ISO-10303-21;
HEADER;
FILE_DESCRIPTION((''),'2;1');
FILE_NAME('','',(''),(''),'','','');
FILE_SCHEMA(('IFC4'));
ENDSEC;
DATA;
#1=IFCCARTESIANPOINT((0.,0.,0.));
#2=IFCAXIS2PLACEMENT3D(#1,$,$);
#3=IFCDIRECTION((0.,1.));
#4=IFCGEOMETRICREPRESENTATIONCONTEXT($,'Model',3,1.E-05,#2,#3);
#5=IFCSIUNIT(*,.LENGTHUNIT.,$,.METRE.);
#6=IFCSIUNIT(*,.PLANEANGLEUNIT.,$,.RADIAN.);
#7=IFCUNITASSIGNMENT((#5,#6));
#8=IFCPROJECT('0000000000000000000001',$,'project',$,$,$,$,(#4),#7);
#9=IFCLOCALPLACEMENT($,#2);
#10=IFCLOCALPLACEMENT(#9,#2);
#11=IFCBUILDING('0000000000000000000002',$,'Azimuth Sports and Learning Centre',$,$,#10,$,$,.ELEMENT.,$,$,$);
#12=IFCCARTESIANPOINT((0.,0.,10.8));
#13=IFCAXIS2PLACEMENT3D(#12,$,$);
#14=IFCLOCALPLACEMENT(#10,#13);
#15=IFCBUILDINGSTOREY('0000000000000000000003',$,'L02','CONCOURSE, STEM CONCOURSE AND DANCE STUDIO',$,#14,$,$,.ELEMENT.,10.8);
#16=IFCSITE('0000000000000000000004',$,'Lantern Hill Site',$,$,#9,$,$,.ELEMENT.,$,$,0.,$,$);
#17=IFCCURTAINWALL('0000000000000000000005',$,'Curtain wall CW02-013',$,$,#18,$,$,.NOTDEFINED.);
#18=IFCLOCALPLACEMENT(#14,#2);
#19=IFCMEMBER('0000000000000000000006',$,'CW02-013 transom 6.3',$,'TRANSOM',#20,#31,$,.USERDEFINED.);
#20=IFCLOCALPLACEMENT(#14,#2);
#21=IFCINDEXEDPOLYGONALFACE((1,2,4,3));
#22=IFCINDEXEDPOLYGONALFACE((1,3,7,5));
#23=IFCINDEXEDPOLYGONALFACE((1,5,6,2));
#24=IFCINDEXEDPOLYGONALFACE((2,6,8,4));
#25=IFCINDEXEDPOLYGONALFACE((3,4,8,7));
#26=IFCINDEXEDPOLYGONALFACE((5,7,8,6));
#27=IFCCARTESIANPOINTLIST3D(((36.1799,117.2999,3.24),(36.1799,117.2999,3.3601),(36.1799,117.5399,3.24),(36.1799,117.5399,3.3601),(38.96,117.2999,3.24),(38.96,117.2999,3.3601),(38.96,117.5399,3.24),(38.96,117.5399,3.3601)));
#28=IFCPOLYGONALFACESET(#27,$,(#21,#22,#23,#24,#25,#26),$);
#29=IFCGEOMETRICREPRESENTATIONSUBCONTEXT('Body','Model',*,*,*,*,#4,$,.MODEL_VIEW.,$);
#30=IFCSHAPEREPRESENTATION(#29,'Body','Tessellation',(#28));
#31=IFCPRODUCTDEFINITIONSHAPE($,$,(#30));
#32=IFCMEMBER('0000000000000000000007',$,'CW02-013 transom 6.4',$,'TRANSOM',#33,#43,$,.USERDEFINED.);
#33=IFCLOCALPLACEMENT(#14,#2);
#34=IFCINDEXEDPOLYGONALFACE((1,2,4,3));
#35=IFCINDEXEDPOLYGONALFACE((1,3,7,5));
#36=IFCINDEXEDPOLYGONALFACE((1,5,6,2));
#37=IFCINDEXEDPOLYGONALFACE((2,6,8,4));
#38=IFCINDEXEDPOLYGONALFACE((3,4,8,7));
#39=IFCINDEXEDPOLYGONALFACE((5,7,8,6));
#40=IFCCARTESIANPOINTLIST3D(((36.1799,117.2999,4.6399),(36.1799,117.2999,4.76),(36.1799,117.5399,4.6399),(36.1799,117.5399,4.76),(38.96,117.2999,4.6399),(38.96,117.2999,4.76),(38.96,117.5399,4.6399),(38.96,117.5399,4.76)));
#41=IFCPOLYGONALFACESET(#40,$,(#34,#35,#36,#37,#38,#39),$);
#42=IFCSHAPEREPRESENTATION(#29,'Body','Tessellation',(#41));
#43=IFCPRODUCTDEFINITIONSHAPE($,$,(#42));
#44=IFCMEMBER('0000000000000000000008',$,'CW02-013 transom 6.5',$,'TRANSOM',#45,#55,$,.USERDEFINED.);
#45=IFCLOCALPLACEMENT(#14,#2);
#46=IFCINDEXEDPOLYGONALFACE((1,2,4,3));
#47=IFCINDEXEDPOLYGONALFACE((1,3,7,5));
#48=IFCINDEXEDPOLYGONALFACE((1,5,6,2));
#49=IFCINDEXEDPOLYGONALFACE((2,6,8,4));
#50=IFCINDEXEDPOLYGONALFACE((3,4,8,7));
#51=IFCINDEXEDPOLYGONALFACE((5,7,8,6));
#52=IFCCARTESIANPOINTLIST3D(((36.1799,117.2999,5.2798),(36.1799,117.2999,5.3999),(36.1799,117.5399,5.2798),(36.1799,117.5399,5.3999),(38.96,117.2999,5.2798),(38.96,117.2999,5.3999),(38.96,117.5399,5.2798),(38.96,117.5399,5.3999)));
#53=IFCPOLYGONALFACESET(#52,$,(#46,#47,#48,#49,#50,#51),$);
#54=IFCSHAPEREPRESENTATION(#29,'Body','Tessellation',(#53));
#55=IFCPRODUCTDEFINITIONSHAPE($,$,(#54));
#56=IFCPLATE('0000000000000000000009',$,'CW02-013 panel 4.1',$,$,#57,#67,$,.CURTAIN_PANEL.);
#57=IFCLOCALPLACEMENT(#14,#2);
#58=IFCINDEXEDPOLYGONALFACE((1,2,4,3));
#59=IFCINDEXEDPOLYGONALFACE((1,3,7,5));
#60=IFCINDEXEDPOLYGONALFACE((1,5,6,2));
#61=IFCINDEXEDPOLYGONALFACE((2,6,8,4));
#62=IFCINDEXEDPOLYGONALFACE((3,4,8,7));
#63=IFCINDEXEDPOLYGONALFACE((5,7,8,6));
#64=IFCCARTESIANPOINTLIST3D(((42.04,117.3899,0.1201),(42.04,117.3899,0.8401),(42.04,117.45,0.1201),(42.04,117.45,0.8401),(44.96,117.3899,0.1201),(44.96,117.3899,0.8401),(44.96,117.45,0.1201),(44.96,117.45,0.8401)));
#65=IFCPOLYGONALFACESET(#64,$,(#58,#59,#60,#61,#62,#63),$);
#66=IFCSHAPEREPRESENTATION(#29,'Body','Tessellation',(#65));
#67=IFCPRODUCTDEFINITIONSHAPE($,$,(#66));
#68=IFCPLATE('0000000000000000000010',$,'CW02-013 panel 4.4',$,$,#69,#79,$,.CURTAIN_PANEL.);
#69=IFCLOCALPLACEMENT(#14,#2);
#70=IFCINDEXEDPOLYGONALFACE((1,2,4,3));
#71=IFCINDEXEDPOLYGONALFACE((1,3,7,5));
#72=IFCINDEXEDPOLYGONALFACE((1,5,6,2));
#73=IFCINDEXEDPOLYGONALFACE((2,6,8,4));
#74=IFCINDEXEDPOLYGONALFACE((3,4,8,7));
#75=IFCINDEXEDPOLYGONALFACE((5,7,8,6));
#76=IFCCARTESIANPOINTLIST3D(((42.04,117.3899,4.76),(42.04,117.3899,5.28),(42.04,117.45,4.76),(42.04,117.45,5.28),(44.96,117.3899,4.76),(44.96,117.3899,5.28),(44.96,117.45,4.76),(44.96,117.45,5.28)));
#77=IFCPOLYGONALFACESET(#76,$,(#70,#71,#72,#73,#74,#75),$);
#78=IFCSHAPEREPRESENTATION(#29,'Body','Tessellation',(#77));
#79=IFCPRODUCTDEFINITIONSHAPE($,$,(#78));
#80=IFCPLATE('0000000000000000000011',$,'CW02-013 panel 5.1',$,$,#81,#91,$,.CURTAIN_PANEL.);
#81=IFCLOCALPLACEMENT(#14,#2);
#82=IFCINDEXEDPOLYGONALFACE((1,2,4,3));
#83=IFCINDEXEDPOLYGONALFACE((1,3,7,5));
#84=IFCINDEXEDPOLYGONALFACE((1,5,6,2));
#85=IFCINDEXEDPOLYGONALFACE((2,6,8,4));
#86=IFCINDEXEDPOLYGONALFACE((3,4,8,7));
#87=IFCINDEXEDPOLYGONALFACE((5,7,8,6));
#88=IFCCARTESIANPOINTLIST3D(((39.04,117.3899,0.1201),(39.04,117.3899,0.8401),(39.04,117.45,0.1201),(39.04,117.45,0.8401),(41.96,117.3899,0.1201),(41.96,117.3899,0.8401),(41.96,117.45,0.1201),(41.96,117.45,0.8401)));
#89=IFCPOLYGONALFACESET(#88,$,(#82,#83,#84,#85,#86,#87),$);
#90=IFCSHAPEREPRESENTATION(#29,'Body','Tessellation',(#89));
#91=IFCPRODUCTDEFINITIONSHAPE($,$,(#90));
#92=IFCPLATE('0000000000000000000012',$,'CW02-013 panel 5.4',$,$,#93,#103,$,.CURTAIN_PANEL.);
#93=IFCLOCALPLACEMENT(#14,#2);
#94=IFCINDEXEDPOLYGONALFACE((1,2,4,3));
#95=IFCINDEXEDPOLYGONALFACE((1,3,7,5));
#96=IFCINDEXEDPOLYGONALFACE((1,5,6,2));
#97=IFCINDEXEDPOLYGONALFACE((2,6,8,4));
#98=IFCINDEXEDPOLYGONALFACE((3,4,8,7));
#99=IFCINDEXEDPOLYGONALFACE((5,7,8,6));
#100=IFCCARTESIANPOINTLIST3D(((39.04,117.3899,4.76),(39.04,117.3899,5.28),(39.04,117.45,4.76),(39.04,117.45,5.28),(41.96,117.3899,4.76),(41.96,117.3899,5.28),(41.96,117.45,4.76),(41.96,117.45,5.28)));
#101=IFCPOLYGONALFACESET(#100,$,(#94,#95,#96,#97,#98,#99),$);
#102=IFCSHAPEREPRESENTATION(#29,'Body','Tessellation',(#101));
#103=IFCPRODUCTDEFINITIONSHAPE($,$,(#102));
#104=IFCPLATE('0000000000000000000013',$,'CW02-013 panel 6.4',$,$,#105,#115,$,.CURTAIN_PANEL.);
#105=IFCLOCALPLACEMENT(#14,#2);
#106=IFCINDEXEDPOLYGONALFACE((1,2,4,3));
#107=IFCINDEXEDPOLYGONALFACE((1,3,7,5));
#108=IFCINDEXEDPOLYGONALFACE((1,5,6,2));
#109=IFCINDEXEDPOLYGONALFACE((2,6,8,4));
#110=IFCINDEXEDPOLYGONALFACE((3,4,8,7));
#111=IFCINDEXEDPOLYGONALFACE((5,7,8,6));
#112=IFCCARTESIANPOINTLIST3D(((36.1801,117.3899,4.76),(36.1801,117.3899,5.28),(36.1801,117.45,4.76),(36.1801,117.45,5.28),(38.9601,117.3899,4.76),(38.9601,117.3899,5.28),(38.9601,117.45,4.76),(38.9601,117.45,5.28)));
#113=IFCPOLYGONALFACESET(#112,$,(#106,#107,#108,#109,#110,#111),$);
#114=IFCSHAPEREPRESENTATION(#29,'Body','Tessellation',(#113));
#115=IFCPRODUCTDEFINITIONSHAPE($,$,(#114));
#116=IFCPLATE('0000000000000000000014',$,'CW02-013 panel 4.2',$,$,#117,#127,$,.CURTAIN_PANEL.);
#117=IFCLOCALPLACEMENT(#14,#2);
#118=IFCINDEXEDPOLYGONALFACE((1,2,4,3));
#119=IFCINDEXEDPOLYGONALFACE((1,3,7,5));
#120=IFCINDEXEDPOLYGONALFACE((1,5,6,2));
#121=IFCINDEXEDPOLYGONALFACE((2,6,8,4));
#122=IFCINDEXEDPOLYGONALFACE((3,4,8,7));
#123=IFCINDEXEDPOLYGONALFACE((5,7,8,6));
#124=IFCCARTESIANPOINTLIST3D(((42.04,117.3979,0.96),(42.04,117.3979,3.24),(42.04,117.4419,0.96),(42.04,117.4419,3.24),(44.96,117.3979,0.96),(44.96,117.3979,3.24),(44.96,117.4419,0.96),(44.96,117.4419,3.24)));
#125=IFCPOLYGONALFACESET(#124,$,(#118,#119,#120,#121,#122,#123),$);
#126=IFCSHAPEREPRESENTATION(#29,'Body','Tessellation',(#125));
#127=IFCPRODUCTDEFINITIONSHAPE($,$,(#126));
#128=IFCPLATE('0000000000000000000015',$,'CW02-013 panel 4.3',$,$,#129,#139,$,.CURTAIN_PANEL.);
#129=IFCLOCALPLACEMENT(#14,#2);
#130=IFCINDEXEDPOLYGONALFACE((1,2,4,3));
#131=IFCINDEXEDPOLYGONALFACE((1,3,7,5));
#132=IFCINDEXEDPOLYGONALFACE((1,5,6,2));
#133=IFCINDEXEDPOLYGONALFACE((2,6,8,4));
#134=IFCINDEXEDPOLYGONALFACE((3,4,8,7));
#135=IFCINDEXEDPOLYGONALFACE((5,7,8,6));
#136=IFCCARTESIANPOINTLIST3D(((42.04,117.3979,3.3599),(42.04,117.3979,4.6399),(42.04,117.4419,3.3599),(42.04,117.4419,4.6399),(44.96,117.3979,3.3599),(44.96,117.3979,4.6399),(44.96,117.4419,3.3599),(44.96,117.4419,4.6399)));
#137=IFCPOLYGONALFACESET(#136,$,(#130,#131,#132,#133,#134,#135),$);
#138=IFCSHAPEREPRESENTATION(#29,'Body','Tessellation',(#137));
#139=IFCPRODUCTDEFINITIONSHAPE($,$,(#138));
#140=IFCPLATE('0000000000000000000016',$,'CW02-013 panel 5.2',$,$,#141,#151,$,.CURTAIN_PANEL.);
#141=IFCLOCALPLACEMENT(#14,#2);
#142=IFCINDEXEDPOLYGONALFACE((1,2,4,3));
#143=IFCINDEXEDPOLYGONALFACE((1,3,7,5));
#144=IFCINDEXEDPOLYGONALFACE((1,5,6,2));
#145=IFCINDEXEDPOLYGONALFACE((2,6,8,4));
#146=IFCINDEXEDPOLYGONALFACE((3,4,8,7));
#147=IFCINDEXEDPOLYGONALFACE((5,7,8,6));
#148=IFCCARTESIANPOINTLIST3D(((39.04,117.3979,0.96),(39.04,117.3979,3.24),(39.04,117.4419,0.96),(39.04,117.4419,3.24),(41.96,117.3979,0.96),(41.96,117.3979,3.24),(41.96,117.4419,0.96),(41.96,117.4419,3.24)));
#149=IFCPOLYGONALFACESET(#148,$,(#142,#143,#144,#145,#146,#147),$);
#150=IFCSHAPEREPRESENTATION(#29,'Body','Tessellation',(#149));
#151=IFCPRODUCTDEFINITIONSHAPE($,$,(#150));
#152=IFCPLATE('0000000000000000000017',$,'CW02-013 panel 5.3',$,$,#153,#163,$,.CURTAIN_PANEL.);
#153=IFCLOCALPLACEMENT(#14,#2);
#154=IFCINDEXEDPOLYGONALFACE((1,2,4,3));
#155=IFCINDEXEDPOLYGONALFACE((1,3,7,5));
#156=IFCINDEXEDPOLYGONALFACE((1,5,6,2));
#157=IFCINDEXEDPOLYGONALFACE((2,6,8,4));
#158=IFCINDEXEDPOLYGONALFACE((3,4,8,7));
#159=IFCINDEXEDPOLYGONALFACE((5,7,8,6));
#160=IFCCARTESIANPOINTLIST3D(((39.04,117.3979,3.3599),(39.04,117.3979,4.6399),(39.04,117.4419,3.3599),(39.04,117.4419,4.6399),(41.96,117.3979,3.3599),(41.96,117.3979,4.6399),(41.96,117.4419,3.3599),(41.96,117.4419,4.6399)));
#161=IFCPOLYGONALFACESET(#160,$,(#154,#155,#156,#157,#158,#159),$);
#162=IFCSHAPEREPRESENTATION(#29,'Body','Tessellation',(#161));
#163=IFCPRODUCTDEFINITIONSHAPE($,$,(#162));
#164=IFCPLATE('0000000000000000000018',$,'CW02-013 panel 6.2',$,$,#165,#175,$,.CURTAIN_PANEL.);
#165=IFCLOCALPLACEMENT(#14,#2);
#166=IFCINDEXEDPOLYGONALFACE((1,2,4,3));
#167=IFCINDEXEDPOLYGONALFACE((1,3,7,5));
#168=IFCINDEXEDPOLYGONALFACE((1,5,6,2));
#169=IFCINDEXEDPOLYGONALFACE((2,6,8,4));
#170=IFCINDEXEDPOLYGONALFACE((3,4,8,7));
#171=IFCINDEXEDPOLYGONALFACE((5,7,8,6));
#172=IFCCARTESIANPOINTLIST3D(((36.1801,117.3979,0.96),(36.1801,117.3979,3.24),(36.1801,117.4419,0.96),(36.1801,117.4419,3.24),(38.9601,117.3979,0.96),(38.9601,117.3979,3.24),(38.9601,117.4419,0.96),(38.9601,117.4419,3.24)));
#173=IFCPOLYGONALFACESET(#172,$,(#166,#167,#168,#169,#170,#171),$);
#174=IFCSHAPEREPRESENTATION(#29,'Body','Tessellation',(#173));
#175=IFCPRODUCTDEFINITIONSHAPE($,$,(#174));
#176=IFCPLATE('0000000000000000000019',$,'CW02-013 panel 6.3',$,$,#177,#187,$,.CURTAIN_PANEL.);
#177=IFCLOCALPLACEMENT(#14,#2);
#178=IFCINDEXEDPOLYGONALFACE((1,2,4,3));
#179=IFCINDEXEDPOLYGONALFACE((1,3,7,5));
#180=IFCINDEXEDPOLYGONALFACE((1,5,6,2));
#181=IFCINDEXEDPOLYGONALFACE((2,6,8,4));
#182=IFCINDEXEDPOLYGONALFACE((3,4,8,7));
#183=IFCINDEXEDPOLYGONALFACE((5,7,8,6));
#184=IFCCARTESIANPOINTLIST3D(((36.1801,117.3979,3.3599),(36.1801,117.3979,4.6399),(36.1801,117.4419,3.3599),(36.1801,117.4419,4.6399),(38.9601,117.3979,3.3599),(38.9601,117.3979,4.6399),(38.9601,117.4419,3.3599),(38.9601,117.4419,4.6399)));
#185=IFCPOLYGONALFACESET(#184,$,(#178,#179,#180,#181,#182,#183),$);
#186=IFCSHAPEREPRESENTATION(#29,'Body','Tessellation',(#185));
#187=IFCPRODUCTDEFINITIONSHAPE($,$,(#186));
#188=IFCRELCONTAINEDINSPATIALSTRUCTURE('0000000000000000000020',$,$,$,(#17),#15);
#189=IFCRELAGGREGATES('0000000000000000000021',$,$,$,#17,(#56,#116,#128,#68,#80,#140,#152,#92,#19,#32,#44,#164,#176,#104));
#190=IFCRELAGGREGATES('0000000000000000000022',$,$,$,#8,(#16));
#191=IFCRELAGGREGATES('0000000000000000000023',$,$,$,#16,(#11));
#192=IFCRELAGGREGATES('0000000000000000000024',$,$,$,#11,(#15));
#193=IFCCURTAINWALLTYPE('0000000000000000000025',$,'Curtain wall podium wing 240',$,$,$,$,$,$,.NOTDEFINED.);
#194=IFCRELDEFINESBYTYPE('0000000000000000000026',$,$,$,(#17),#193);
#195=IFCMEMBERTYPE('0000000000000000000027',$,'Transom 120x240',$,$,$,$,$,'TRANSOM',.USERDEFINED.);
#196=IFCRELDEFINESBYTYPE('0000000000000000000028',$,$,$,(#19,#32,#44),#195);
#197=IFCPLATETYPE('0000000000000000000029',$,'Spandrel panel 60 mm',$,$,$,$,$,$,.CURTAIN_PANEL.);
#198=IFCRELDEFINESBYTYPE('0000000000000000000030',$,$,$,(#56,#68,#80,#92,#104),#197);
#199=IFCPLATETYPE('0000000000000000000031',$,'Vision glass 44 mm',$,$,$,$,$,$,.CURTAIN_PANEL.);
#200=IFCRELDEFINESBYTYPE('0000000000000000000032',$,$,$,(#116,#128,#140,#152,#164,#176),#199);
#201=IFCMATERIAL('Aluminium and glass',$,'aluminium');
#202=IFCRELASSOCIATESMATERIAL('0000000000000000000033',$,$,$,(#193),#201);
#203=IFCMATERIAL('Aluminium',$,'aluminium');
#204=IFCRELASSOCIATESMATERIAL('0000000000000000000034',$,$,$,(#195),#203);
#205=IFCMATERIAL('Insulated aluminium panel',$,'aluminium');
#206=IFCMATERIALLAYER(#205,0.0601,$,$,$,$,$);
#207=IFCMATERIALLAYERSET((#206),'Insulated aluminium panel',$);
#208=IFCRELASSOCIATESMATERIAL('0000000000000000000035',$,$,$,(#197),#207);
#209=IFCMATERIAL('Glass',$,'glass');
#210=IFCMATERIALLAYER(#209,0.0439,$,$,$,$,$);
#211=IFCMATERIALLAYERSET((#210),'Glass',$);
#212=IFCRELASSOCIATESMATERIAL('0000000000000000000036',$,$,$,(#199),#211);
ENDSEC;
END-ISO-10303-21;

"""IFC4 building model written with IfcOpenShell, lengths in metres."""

from ifc_helpers import new_model, si_unit, direction, frame, origin, origin_2d, place, context, subcontext, project, spatial, rectangle, extrude, material, layer, layer_set, material_profile, profile_set, type_object, element, aggregate, save


model = new_model("IFC4")

# Units and contexts
model_context = context("Model", 3, precision=1e-05, world=origin(), true_north=direction((0.0, 1.0)))
body_context = subcontext(model_context, "Body", "Model", "MODEL_VIEW")
ifc_project = project(units=[si_unit("LENGTHUNIT", "METRE"), si_unit("PLANEANGLEUNIT", "RADIAN")], contexts=[model_context])

# Site, building, storey
site_placement = place(None, origin())
site = spatial("IfcSite", under=ifc_project, at=site_placement, Name="Lantern Hill Site", CompositionType="ELEMENT", RefElevation=0.0)
building_placement = place(site_placement, origin())
building = spatial("IfcBuilding", under=site, at=building_placement, Name="Azimuth Sports and Learning Centre", CompositionType="ELEMENT")
storey_placement = place(building_placement, frame((0.0, 0.0, 10.8)))
storey = spatial("IfcBuildingStorey", under=building, at=storey_placement, Name="L02", Description="CONCOURSE, STEM CONCOURSE AND DANCE STUDIO", CompositionType="ELEMENT", Elevation=10.8)

# Curtain wall, members, plates
ifc_material_1 = material(Name="Aluminium and glass", Category="aluminium")
curtain_wall_type = type_object("IfcCurtainWallType", Name="Curtain wall podium wing 240", PredefinedType="NOTDEFINED", material=ifc_material_1)
curtain_wall_placement = place(storey_placement, origin())
curtain_wall = element("IfcCurtainWall", 1, at=curtain_wall_placement, inside=storey, type_object=curtain_wall_type, Name="Curtain wall CW02-013", PredefinedType="NOTDEFINED")
ifc_material_2 = material(Name="Aluminium", Category="aluminium")
ifc_material_profile_1 = material_profile(ifc_material_2, rectangle(XDim=0.24, YDim=0.1201, at=origin_2d()), Name="Transom 120x240")
ifc_profile_set_1 = profile_set([ifc_material_profile_1], Name="Aluminium")
member_type_1 = type_object("IfcMemberType", Name="Transom 120x240", ElementType="TRANSOM", PredefinedType="USERDEFINED", material=ifc_profile_set_1)
member_1_placement = place(storey_placement, frame((38.96, 117.4199, 3.3), z_axis=(-1.0, 0.0, 0.0), x_axis=(0.0, -1.0, 0.0)))
member_1 = element("IfcMember", 2, at=member_1_placement, type_object=member_type_1, Name="CW02-013 transom 6.3", ObjectType="TRANSOM", PredefinedType="USERDEFINED", context=body_context, shape_type="SweptSolid", body=[
    extrude(rectangle(XDim=0.24, YDim=0.1201, at=origin_2d()), origin(), (0.0, 0.0, 1.0), 2.78),
])
member_2_placement = place(storey_placement, frame((38.96, 117.4199, 4.7), z_axis=(-1.0, 0.0, 0.0), x_axis=(0.0, -1.0, 0.0)))
member_2 = element("IfcMember", 3, at=member_2_placement, type_object=member_type_1, Name="CW02-013 transom 6.4", ObjectType="TRANSOM", PredefinedType="USERDEFINED", context=body_context, shape_type="SweptSolid", body=[
    extrude(rectangle(XDim=0.24, YDim=0.1201, at=origin_2d()), origin(), (0.0, 0.0, 1.0), 2.78),
])
member_3_placement = place(storey_placement, frame((38.96, 117.4199, 5.3398), z_axis=(-1.0, 0.0, 0.0), x_axis=(0.0, -1.0, 0.0)))
member_3 = element("IfcMember", 4, at=member_3_placement, type_object=member_type_1, Name="CW02-013 transom 6.5", ObjectType="TRANSOM", PredefinedType="USERDEFINED", context=body_context, shape_type="SweptSolid", body=[
    extrude(rectangle(XDim=0.24, YDim=0.1201, at=origin_2d()), origin(), (0.0, 0.0, 1.0), 2.78),
])
ifc_material_3 = material(Name="Insulated aluminium panel", Category="aluminium")
ifc_layer_1 = layer(ifc_material_3, 0.0601)
ifc_layer_set_1 = layer_set([ifc_layer_1], Name="Insulated aluminium panel")
plate_type_1 = type_object("IfcPlateType", Name="Spandrel panel 60 mm", PredefinedType="CURTAIN_PANEL", material=ifc_layer_set_1)
plate_1_placement = place(storey_placement, frame((43.5, 117.4199, 0.1201), z_axis=(0.0, 0.0, 1.0), x_axis=(-1.0, 0.0, 0.0)))
plate_1 = element("IfcPlate", 5, at=plate_1_placement, type_object=plate_type_1, Name="CW02-013 panel 4.1", PredefinedType="CURTAIN_PANEL", context=body_context, shape_type="SweptSolid", body=[
    extrude(rectangle(XDim=2.9199, YDim=0.0601, at=origin_2d()), origin(), (0.0, 0.0, 1.0), 0.72),
])
plate_2_placement = place(storey_placement, frame((43.5, 117.4199, 4.76), z_axis=(0.0, 0.0, 1.0), x_axis=(-1.0, 0.0, 0.0)))
plate_2 = element("IfcPlate", 6, at=plate_2_placement, type_object=plate_type_1, Name="CW02-013 panel 4.4", PredefinedType="CURTAIN_PANEL", context=body_context, shape_type="SweptSolid", body=[
    extrude(rectangle(XDim=2.9199, YDim=0.0601, at=origin_2d()), origin(), (0.0, 0.0, 1.0), 0.52),
])
plate_3_placement = place(storey_placement, frame((40.5, 117.4199, 0.1201), z_axis=(0.0, 0.0, 1.0), x_axis=(-1.0, 0.0, 0.0)))
plate_3 = element("IfcPlate", 7, at=plate_3_placement, type_object=plate_type_1, Name="CW02-013 panel 5.1", PredefinedType="CURTAIN_PANEL", context=body_context, shape_type="SweptSolid", body=[
    extrude(rectangle(XDim=2.9199, YDim=0.0601, at=origin_2d()), origin(), (0.0, 0.0, 1.0), 0.72),
])
plate_4_placement = place(storey_placement, frame((40.5, 117.4199, 4.76), z_axis=(0.0, 0.0, 1.0), x_axis=(-1.0, 0.0, 0.0)))
plate_4 = element("IfcPlate", 8, at=plate_4_placement, type_object=plate_type_1, Name="CW02-013 panel 5.4", PredefinedType="CURTAIN_PANEL", context=body_context, shape_type="SweptSolid", body=[
    extrude(rectangle(XDim=2.9199, YDim=0.0601, at=origin_2d()), origin(), (0.0, 0.0, 1.0), 0.52),
])
plate_5_placement = place(storey_placement, frame((37.5701, 117.4199, 4.76), z_axis=(0.0, 0.0, 1.0), x_axis=(-1.0, 0.0, 0.0)))
plate_5 = element("IfcPlate", 9, at=plate_5_placement, type_object=plate_type_1, Name="CW02-013 panel 6.4", PredefinedType="CURTAIN_PANEL", context=body_context, shape_type="SweptSolid", body=[
    extrude(rectangle(XDim=2.78, YDim=0.0601, at=origin_2d()), origin(), (0.0, 0.0, 1.0), 0.52),
])
ifc_material_4 = material(Name="Glass", Category="glass")
ifc_layer_2 = layer(ifc_material_4, 0.0439)
ifc_layer_set_2 = layer_set([ifc_layer_2], Name="Glass")
plate_type_2 = type_object("IfcPlateType", Name="Vision glass 44 mm", PredefinedType="CURTAIN_PANEL", material=ifc_layer_set_2)
plate_6_placement = place(storey_placement, frame((43.5, 117.4199, 0.96), z_axis=(0.0, 0.0, 1.0), x_axis=(-1.0, 0.0, 0.0)))
plate_6 = element("IfcPlate", 10, at=plate_6_placement, type_object=plate_type_2, Name="CW02-013 panel 4.2", PredefinedType="CURTAIN_PANEL", context=body_context, shape_type="SweptSolid", body=[
    extrude(rectangle(XDim=2.9199, YDim=0.0439, at=origin_2d()), origin(), (0.0, 0.0, 1.0), 2.28),
])
plate_7_placement = place(storey_placement, frame((43.5, 117.4199, 3.3599), z_axis=(0.0, 0.0, 1.0), x_axis=(-1.0, 0.0, 0.0)))
plate_7 = element("IfcPlate", 11, at=plate_7_placement, type_object=plate_type_2, Name="CW02-013 panel 4.3", PredefinedType="CURTAIN_PANEL", context=body_context, shape_type="SweptSolid", body=[
    extrude(rectangle(XDim=2.9199, YDim=0.0439, at=origin_2d()), origin(), (0.0, 0.0, 1.0), 1.28),
])
plate_8_placement = place(storey_placement, frame((40.5, 117.4199, 0.96), z_axis=(0.0, 0.0, 1.0), x_axis=(-1.0, 0.0, 0.0)))
plate_8 = element("IfcPlate", 12, at=plate_8_placement, type_object=plate_type_2, Name="CW02-013 panel 5.2", PredefinedType="CURTAIN_PANEL", context=body_context, shape_type="SweptSolid", body=[
    extrude(rectangle(XDim=2.9199, YDim=0.0439, at=origin_2d()), origin(), (0.0, 0.0, 1.0), 2.28),
])
plate_9_placement = place(storey_placement, frame((40.5, 117.4199, 3.3599), z_axis=(0.0, 0.0, 1.0), x_axis=(-1.0, 0.0, 0.0)))
plate_9 = element("IfcPlate", 13, at=plate_9_placement, type_object=plate_type_2, Name="CW02-013 panel 5.3", PredefinedType="CURTAIN_PANEL", context=body_context, shape_type="SweptSolid", body=[
    extrude(rectangle(XDim=2.9199, YDim=0.0439, at=origin_2d()), origin(), (0.0, 0.0, 1.0), 1.28),
])
plate_10_placement = place(storey_placement, frame((37.5701, 117.4199, 0.96), z_axis=(0.0, 0.0, 1.0), x_axis=(-1.0, 0.0, 0.0)))
plate_10 = element("IfcPlate", 14, at=plate_10_placement, type_object=plate_type_2, Name="CW02-013 panel 6.2", PredefinedType="CURTAIN_PANEL", context=body_context, shape_type="SweptSolid", body=[
    extrude(rectangle(XDim=2.78, YDim=0.0439, at=origin_2d()), origin(), (0.0, 0.0, 1.0), 2.28),
])
plate_11_placement = place(storey_placement, frame((37.5701, 117.4199, 3.3599), z_axis=(0.0, 0.0, 1.0), x_axis=(-1.0, 0.0, 0.0)))
plate_11 = element("IfcPlate", 15, at=plate_11_placement, type_object=plate_type_2, Name="CW02-013 panel 6.3", PredefinedType="CURTAIN_PANEL", context=body_context, shape_type="SweptSolid", body=[
    extrude(rectangle(XDim=2.78, YDim=0.0439, at=origin_2d()), origin(), (0.0, 0.0, 1.0), 1.28),
])
aggregate(curtain_wall, [plate_1, plate_6, plate_7, plate_2, plate_3, plate_8, plate_9, plate_4, member_1, member_2, member_3, plate_10, plate_11, plate_5])

save(model, "model.ifc")
